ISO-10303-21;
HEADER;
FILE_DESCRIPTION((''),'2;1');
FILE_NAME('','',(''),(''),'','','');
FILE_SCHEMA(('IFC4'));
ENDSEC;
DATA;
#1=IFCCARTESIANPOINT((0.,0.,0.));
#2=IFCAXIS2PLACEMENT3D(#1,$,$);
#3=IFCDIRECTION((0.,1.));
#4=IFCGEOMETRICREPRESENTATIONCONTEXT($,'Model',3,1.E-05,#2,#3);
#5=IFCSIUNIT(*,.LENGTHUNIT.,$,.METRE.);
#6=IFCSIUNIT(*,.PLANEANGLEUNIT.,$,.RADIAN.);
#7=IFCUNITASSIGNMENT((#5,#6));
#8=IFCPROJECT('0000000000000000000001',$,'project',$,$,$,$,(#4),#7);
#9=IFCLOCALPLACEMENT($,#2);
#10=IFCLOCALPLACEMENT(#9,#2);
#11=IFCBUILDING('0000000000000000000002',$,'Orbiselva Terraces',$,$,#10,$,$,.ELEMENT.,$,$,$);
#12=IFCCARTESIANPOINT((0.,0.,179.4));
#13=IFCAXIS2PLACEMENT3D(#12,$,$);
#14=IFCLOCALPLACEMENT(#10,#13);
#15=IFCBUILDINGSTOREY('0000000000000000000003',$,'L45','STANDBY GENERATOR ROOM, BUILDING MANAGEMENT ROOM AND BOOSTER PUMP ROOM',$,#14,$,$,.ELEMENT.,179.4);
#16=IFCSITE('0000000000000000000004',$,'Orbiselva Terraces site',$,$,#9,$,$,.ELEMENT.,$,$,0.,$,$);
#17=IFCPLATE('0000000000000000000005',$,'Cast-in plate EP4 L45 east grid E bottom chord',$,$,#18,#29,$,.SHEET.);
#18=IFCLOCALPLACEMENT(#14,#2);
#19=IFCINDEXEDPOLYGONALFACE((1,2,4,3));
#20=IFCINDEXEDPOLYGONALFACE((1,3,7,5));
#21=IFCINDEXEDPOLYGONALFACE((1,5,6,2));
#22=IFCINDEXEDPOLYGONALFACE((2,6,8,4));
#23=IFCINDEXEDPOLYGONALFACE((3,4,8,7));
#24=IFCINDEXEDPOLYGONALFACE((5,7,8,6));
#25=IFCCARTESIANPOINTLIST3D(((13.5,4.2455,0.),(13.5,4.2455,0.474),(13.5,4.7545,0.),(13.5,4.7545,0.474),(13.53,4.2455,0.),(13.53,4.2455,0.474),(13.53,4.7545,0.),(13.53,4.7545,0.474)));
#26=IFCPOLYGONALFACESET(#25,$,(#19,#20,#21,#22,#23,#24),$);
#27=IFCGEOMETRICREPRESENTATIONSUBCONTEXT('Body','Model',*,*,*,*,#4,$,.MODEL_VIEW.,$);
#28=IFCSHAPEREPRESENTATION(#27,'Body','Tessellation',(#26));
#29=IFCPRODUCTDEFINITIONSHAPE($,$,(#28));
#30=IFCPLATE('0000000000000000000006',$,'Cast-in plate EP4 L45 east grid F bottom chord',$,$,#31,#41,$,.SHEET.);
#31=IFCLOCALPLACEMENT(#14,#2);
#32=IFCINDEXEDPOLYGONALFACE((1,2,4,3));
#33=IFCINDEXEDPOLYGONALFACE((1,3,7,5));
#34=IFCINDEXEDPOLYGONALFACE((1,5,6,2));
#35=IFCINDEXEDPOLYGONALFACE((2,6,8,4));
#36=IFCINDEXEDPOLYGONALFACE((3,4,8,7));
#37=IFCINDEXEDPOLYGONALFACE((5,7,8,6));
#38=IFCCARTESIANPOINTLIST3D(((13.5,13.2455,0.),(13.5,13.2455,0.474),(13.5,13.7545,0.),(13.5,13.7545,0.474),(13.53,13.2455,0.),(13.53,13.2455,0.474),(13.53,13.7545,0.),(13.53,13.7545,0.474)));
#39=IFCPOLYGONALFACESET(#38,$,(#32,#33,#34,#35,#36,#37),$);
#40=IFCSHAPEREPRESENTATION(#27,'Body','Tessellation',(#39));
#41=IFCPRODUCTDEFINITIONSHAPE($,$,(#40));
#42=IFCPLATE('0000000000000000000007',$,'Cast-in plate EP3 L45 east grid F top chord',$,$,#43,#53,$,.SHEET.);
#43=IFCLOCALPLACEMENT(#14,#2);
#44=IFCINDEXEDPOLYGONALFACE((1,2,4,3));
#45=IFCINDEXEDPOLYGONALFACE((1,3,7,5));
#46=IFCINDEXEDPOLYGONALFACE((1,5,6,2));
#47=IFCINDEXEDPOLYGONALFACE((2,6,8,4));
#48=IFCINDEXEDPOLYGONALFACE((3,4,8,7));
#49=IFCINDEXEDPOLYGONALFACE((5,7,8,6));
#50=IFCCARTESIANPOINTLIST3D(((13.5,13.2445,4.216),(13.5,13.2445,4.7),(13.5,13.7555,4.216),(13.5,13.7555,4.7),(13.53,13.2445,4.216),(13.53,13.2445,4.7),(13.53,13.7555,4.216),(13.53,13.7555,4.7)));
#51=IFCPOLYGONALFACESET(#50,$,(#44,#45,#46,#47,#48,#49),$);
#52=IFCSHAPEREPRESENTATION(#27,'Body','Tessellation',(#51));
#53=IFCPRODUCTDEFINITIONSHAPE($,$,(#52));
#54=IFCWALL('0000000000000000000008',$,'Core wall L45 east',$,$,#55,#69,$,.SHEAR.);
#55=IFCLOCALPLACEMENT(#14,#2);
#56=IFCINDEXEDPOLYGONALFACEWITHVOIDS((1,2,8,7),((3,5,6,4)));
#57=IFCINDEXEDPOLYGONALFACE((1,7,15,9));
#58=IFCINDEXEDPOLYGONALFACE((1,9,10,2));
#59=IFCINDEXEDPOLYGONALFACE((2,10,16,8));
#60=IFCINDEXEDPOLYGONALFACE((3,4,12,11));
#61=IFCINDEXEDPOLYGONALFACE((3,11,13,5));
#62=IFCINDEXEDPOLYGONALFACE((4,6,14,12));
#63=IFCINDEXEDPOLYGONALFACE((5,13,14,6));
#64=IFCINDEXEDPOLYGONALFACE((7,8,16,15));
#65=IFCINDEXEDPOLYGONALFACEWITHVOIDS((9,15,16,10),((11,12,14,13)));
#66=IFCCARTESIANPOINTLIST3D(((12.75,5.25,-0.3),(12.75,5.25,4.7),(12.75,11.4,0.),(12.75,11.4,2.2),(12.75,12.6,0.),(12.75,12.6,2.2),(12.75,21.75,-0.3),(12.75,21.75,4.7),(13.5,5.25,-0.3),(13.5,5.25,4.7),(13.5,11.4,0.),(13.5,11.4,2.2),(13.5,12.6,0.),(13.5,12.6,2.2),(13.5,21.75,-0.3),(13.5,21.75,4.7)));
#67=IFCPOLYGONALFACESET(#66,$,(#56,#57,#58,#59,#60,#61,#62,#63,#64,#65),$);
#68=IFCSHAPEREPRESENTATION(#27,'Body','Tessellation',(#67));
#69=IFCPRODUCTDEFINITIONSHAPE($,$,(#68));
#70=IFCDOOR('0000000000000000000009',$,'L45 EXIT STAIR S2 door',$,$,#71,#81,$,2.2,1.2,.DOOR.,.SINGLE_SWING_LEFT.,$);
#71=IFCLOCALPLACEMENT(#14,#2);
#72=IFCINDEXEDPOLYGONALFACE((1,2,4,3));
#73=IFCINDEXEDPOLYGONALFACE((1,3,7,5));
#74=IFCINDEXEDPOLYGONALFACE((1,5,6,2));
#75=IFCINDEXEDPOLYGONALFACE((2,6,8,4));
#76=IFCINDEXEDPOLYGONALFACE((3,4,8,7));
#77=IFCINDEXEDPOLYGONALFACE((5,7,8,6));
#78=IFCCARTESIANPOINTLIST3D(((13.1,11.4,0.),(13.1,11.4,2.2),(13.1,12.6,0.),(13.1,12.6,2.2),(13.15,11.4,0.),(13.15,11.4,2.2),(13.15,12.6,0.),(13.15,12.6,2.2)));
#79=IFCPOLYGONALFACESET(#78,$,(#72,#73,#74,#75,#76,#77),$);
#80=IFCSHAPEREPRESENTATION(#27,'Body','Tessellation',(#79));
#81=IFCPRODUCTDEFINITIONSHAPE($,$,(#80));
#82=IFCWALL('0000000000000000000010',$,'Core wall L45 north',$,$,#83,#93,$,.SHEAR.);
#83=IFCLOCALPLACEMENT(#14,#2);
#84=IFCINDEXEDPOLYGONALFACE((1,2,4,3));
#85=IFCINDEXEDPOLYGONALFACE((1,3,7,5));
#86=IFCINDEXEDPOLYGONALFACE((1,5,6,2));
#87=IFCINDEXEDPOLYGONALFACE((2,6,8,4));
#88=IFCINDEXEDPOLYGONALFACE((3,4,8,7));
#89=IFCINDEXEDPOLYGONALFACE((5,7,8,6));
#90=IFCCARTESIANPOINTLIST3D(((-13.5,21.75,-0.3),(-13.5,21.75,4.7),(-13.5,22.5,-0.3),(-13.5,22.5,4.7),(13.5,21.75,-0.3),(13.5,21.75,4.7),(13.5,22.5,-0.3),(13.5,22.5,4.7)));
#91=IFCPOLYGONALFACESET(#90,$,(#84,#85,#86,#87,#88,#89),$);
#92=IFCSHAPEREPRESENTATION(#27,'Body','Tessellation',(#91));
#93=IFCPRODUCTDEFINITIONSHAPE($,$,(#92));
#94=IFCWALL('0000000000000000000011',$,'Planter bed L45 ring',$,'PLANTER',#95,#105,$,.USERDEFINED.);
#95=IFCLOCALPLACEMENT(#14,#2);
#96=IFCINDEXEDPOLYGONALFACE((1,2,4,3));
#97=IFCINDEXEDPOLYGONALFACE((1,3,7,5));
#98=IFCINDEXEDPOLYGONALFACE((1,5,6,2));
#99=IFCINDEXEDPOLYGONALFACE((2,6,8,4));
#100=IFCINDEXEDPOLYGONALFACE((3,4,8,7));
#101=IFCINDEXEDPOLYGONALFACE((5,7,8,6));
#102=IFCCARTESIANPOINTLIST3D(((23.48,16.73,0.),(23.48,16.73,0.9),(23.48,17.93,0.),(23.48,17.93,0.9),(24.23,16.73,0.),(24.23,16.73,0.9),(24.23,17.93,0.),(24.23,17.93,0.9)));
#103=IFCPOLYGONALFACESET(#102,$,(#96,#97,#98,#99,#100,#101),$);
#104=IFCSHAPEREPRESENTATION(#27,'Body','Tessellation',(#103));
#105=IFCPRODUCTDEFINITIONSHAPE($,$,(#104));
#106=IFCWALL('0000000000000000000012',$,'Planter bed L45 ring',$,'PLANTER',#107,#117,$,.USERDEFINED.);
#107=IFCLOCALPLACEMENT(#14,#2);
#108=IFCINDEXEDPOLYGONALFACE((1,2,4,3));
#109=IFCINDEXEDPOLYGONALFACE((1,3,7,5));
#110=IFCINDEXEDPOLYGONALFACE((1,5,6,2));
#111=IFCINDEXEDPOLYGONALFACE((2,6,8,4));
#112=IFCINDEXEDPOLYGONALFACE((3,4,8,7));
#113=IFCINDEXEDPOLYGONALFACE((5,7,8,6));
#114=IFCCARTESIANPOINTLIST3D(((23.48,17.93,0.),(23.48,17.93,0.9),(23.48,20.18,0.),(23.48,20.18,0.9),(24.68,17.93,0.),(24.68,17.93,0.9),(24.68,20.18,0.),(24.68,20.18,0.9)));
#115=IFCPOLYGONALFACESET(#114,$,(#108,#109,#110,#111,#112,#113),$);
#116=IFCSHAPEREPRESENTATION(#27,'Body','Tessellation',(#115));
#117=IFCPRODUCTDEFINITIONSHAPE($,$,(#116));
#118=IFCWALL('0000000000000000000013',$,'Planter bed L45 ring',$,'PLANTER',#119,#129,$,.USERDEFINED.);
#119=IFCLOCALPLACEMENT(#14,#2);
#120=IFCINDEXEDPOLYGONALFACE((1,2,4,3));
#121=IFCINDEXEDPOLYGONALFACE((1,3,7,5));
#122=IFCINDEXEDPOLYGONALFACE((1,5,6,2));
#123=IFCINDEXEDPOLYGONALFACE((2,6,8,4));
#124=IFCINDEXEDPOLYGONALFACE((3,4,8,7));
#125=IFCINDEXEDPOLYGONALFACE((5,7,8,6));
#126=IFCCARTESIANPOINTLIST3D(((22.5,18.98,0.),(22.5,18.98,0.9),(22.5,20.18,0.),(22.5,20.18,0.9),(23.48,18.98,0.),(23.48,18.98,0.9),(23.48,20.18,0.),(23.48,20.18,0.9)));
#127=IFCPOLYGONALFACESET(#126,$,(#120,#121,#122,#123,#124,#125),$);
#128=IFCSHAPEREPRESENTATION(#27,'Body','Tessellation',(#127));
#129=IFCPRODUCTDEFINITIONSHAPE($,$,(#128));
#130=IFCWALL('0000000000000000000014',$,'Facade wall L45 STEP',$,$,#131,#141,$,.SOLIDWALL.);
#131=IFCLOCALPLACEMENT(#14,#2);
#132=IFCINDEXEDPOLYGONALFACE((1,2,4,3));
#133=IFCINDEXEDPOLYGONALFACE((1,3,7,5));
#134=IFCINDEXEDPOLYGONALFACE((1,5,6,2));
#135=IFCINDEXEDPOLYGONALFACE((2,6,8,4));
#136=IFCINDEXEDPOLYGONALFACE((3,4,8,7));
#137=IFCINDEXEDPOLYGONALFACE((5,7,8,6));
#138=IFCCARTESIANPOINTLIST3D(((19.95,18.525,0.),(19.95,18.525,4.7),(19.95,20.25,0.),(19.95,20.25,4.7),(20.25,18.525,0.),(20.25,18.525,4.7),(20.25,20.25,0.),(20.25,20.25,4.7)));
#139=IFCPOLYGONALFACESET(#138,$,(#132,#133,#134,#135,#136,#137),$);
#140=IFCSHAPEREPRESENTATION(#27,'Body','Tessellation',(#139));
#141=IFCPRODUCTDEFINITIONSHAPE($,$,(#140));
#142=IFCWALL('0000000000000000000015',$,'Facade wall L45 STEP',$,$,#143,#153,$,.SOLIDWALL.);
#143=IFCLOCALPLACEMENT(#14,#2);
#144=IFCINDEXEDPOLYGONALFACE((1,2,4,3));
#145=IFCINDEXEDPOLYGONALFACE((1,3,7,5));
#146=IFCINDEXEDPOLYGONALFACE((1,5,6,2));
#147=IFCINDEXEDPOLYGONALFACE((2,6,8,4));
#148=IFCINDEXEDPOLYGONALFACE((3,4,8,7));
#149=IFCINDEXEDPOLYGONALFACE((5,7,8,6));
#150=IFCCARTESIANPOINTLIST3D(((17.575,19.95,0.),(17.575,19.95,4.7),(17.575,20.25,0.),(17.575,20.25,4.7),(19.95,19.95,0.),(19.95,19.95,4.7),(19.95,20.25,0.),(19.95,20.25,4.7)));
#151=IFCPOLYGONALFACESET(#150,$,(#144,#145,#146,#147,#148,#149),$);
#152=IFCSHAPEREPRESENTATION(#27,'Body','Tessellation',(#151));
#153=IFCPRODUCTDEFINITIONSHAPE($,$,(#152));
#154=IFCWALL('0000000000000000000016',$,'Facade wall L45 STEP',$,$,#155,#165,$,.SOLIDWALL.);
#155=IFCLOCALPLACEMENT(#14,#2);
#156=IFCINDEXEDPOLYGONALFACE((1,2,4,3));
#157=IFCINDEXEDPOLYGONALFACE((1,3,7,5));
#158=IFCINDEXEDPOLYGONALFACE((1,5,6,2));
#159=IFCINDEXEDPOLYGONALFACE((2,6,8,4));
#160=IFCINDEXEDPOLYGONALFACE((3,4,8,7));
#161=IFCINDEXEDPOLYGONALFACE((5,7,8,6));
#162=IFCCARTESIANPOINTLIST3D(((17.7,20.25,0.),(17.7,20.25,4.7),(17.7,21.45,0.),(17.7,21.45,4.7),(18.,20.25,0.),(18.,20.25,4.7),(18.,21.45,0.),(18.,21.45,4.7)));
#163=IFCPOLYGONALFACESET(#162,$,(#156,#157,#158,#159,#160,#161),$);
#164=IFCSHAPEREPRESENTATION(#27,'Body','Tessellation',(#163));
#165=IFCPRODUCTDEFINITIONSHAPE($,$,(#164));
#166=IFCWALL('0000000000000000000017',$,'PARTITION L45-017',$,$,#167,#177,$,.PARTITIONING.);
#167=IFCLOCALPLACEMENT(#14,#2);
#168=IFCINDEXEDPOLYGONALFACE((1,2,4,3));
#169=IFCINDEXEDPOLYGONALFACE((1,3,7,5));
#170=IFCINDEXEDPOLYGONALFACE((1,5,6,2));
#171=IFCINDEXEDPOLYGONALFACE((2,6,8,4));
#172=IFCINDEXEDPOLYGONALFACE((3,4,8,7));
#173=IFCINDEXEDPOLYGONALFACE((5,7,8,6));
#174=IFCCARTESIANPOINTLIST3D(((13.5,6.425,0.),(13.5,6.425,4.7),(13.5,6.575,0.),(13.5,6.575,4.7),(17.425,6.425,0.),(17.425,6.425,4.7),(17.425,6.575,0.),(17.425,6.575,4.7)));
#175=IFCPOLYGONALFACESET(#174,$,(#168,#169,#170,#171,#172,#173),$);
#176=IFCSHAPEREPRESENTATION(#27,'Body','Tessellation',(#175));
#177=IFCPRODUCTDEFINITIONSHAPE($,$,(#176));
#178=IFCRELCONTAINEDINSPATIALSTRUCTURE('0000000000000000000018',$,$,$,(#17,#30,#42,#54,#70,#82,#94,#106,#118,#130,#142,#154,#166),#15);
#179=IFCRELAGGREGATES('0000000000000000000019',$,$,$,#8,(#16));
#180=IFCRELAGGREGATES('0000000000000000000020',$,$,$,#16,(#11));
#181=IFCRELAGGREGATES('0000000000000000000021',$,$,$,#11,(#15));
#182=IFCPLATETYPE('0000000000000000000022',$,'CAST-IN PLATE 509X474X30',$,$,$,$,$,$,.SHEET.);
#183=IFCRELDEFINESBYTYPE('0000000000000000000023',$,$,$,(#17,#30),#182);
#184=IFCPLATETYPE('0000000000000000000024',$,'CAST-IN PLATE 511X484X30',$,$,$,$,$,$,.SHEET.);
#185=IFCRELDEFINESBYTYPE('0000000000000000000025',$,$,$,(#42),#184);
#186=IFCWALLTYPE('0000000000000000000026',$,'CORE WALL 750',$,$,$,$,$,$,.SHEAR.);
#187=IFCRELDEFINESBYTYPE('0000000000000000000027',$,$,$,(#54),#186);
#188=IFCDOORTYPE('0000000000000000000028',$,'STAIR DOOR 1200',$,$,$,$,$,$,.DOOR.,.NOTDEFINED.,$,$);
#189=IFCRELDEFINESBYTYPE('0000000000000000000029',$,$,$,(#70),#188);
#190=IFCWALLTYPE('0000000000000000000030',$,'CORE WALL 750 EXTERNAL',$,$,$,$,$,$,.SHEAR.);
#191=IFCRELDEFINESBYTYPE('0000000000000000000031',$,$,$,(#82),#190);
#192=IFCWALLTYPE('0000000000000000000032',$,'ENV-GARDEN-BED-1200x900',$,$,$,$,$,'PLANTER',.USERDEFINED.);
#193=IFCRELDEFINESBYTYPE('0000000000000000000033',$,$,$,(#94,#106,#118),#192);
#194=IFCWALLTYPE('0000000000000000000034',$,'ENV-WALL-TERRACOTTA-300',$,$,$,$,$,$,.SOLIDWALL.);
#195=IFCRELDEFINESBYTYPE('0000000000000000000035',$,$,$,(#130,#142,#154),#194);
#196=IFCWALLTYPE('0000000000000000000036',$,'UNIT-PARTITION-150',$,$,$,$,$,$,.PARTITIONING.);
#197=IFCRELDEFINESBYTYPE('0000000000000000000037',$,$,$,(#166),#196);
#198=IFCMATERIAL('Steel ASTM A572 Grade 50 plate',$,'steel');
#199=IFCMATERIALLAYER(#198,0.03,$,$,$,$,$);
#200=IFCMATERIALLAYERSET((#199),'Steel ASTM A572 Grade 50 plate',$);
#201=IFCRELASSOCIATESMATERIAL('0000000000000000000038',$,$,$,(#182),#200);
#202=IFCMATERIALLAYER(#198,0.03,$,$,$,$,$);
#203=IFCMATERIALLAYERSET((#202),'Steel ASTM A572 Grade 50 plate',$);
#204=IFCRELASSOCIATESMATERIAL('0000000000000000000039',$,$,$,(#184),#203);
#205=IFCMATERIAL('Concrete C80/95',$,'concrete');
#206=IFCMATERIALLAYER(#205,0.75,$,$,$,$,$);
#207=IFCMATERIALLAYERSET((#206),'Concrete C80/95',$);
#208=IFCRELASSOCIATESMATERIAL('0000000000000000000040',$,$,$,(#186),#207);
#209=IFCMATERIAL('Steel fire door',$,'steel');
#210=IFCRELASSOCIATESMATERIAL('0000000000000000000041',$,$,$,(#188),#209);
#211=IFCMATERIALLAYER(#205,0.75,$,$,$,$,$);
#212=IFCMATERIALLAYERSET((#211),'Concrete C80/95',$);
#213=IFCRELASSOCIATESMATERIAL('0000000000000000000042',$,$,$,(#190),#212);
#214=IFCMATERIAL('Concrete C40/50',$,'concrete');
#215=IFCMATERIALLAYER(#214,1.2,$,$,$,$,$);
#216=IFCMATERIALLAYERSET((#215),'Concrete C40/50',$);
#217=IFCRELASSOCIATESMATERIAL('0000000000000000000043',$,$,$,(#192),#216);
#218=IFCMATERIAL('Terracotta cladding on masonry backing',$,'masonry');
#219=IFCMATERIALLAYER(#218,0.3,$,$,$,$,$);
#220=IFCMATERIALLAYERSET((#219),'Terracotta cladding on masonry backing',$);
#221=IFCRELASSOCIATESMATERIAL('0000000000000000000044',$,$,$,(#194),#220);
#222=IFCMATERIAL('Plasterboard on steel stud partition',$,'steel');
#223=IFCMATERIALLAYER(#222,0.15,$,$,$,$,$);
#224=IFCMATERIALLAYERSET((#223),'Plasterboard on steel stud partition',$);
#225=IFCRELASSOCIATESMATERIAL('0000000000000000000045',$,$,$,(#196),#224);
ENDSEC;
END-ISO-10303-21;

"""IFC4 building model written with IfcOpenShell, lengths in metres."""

from ifc_helpers import new_model, si_unit, direction, frame, frame_2d, origin, origin_2d, place, context, subcontext, project, spatial, rectangle, extrude, material, layer, layer_set, type_object, element, fill, save


model = new_model("IFC4")

# Units and contexts
model_context = context("Model", 3, precision=1e-05, world=origin(), true_north=direction((0.0, 1.0)))
body_context = subcontext(model_context, "Body", "Model", "MODEL_VIEW")
ifc_project = project(units=[si_unit("LENGTHUNIT", "METRE"), si_unit("PLANEANGLEUNIT", "RADIAN")], contexts=[model_context])

# Site, building, storey
site_placement = place(None, origin())
site = spatial("IfcSite", under=ifc_project, at=site_placement, Name="Orbiselva Terraces site", CompositionType="ELEMENT", RefElevation=0.0)
building_placement = place(site_placement, origin())
building = spatial("IfcBuilding", under=site, at=building_placement, Name="Orbiselva Terraces", CompositionType="ELEMENT")
storey_placement = place(building_placement, frame((0.0, 0.0, 179.4)))
storey = spatial("IfcBuildingStorey", under=building, at=storey_placement, Name="L45", Description="STANDBY GENERATOR ROOM, BUILDING MANAGEMENT ROOM AND BOOSTER PUMP ROOM", CompositionType="ELEMENT", Elevation=179.4)

# Plates
ifc_material_1 = material(Name="Steel ASTM A572 Grade 50 plate", Category="steel")
ifc_layer_1 = layer(ifc_material_1, 0.03)
ifc_layer_set_1 = layer_set([ifc_layer_1], Name="Steel ASTM A572 Grade 50 plate")
plate_type_1 = type_object("IfcPlateType", Name="CAST-IN PLATE 509X474X30", PredefinedType="SHEET", material=ifc_layer_set_1)
for number, where, z_axis, x_axis, name in (
    (1, (13.515, 4.5, 0.0), (0.0, 0.0, 1.0), (1.0, 0.0, 0.0), "Cast-in plate EP4 L45 east grid E bottom chord"),
    (2, (13.515, 13.5, 0.0), (0.0, 0.0, 1.0), (1.0, 0.0, 0.0), "Cast-in plate EP4 L45 east grid F bottom chord"),
):
    element("IfcPlate", number, at=place(storey_placement, frame(where, z_axis=z_axis, x_axis=x_axis)), inside=storey, type_object=plate_type_1, Name=name, PredefinedType="SHEET", context=body_context, shape_type="SweptSolid", body=[
        extrude(rectangle(XDim=0.03, YDim=0.509, at=origin_2d()), origin(), (0.0, 0.0, 1.0), 0.474),
    ])
ifc_layer_2 = layer(ifc_material_1, 0.03)
ifc_layer_set_2 = layer_set([ifc_layer_2], Name="Steel ASTM A572 Grade 50 plate")
plate_type_2 = type_object("IfcPlateType", Name="CAST-IN PLATE 511X484X30", PredefinedType="SHEET", material=ifc_layer_set_2)
plate_placement = place(storey_placement, frame((13.515, 13.5, 4.216), z_axis=(0.0, 0.0, 1.0), x_axis=(1.0, 0.0, 0.0)))
element("IfcPlate", 3, at=plate_placement, inside=storey, type_object=plate_type_2, Name="Cast-in plate EP3 L45 east grid F top chord", PredefinedType="SHEET", context=body_context, shape_type="SweptSolid", body=[
    extrude(rectangle(XDim=0.03, YDim=0.511, at=origin_2d()), origin(), (0.0, 0.0, 1.0), 0.484),
])

# Wall, opening, door
ifc_material_2 = material(Name="Concrete C80/95", Category="concrete")
ifc_layer_3 = layer(ifc_material_2, 0.75)
ifc_layer_set_3 = layer_set([ifc_layer_3], Name="Concrete C80/95")
wall_type_1 = type_object("IfcWallType", Name="CORE WALL 750", PredefinedType="SHEAR", material=ifc_layer_set_3)
wall_1_placement = place(storey_placement, frame((13.125, 5.25, -0.3), z_axis=(0.0, 0.0, 1.0), x_axis=(0.0, 1.0, 0.0)))
wall_1 = element("IfcWall", 4, at=wall_1_placement, inside=storey, type_object=wall_type_1, Name="Core wall L45 east", PredefinedType="SHEAR", context=body_context, shape_type="SweptSolid", body=[
    extrude(rectangle(XDim=16.5, YDim=0.75, at=frame_2d((8.25, 0.0))), origin(), (0.0, 0.0, 1.0), 5.0),
])
opening_placement = place(wall_1_placement, frame((6.15, 0.0, 0.3)))
opening = element("IfcOpeningElement", 5, at=opening_placement, cuts=wall_1, PredefinedType="OPENING", context=body_context, shape_type="SweptSolid", body=[
    extrude(rectangle(XDim=1.2, YDim=2.2, at=frame_2d((0.6, 1.1))), frame((0.0, 0.385, 0.0), z_axis=(0.0, -1.0, 0.0), x_axis=(1.0, 0.0, 0.0)), (0.0, 0.0, 1.0), 0.77),
])
ifc_material_3 = material(Name="Steel fire door", Category="steel")
door_type = type_object("IfcDoorType", Name="STAIR DOOR 1200", OperationType="NOTDEFINED", PredefinedType="DOOR", material=ifc_material_3)
door_placement = place(opening_placement, frame((1.2, 0.0, 0.0), z_axis=(0.0, 0.0, 1.0), x_axis=(-1.0, 0.0, 0.0)))
door = element("IfcDoor", 6, at=door_placement, inside=storey, type_object=door_type, Name="L45 EXIT STAIR S2 door", OperationType="SINGLE_SWING_LEFT", OverallHeight=2.2, OverallWidth=1.2, PredefinedType="DOOR", context=body_context, shape_type="SweptSolid", body=[
    extrude(rectangle(XDim=1.2, YDim=2.2, at=frame_2d((0.6, 1.1))), frame((0.0, 0.025, 0.0), z_axis=(0.0, -1.0, 0.0), x_axis=(1.0, 0.0, 0.0)), (0.0, 0.0, 1.0), 0.05),
])
fill(opening, door)

# Walls
ifc_layer_4 = layer(ifc_material_2, 0.75)
ifc_layer_set_4 = layer_set([ifc_layer_4], Name="Concrete C80/95")
wall_type_2 = type_object("IfcWallType", Name="CORE WALL 750 EXTERNAL", PredefinedType="SHEAR", material=ifc_layer_set_4)
wall_2_placement = place(storey_placement, frame((13.5, 22.125, -0.3), z_axis=(0.0, 0.0, 1.0), x_axis=(-1.0, 0.0, 0.0)))
element("IfcWall", 7, at=wall_2_placement, inside=storey, type_object=wall_type_2, Name="Core wall L45 north", PredefinedType="SHEAR", context=body_context, shape_type="SweptSolid", body=[
    extrude(rectangle(XDim=27.0, YDim=0.75, at=frame_2d((13.5, 0.0))), origin(), (0.0, 0.0, 1.0), 5.0),
])
ifc_material_4 = material(Name="Concrete C40/50", Category="concrete")
ifc_layer_5 = layer(ifc_material_4, 1.2)
ifc_layer_set_5 = layer_set([ifc_layer_5], Name="Concrete C40/50")
wall_type_3 = type_object("IfcWallType", Name="ENV-GARDEN-BED-1200x900", ElementType="PLANTER", PredefinedType="USERDEFINED", material=ifc_layer_set_5)
wall_3_placement = place(storey_placement, frame((24.23, 17.33, 0.0), z_axis=(0.0, 0.0, 1.0), x_axis=(-1.0, 0.0, 0.0)))
element("IfcWall", 8, at=wall_3_placement, inside=storey, type_object=wall_type_3, Name="Planter bed L45 ring", ObjectType="PLANTER", PredefinedType="USERDEFINED", context=body_context, shape_type="SweptSolid", body=[
    extrude(rectangle(XDim=0.75, YDim=1.2, at=frame_2d((0.375, 0.0))), origin(), (0.0, 0.0, 1.0), 0.9),
])
wall_4_placement = place(storey_placement, frame((24.08, 17.93, 0.0), z_axis=(0.0, 0.0, 1.0), x_axis=(0.0, 1.0, 0.0)))
element("IfcWall", 9, at=wall_4_placement, inside=storey, type_object=wall_type_3, Name="Planter bed L45 ring", ObjectType="PLANTER", PredefinedType="USERDEFINED", context=body_context, shape_type="SweptSolid", body=[
    extrude(rectangle(XDim=2.25, YDim=1.2, at=frame_2d((1.125, 0.0))), origin(), (0.0, 0.0, 1.0), 0.9),
])
wall_5_placement = place(storey_placement, frame((23.48, 19.58, 0.0), z_axis=(0.0, 0.0, 1.0), x_axis=(-1.0, 0.0, 0.0)))
element("IfcWall", 10, at=wall_5_placement, inside=storey, type_object=wall_type_3, Name="Planter bed L45 ring", ObjectType="PLANTER", PredefinedType="USERDEFINED", context=body_context, shape_type="SweptSolid", body=[
    extrude(rectangle(XDim=0.98, YDim=1.2, at=frame_2d((0.49, 0.0))), origin(), (0.0, 0.0, 1.0), 0.9),
])
ifc_material_5 = material(Name="Terracotta cladding on masonry backing", Category="masonry")
ifc_layer_6 = layer(ifc_material_5, 0.3)
ifc_layer_set_6 = layer_set([ifc_layer_6], Name="Terracotta cladding on masonry backing")
wall_type_4 = type_object("IfcWallType", Name="ENV-WALL-TERRACOTTA-300", PredefinedType="SOLIDWALL", material=ifc_layer_set_6)
wall_6_placement = place(storey_placement, frame((20.1, 20.25, 0.0), z_axis=(0.0, 0.0, 1.0), x_axis=(0.0, -1.0, 0.0)))
element("IfcWall", 11, at=wall_6_placement, inside=storey, type_object=wall_type_4, Name="Facade wall L45 STEP", PredefinedType="SOLIDWALL", context=body_context, shape_type="SweptSolid", body=[
    extrude(rectangle(XDim=1.725, YDim=0.3, at=frame_2d((0.8625, 0.0))), origin(), (0.0, 0.0, 1.0), 4.7),
])
wall_7_placement = place(storey_placement, frame((17.575, 20.1, 0.0), z_axis=(0.0, 0.0, 1.0), x_axis=(1.0, 0.0, 0.0)))
element("IfcWall", 12, at=wall_7_placement, inside=storey, type_object=wall_type_4, Name="Facade wall L45 STEP", PredefinedType="SOLIDWALL", context=body_context, shape_type="SweptSolid", body=[
    extrude(rectangle(XDim=2.375, YDim=0.3, at=frame_2d((1.1875, 0.0))), origin(), (0.0, 0.0, 1.0), 4.7),
])
wall_8_placement = place(storey_placement, frame((17.85, 21.45, 0.0), z_axis=(0.0, 0.0, 1.0), x_axis=(0.0, -1.0, 0.0)))
element("IfcWall", 13, at=wall_8_placement, inside=storey, type_object=wall_type_4, Name="Facade wall L45 STEP", PredefinedType="SOLIDWALL", context=body_context, shape_type="SweptSolid", body=[
    extrude(rectangle(XDim=1.2, YDim=0.3, at=frame_2d((0.6, 0.0))), origin(), (0.0, 0.0, 1.0), 4.7),
])
ifc_material_6 = material(Name="Plasterboard on steel stud partition", Category="steel")
ifc_layer_7 = layer(ifc_material_6, 0.15)
ifc_layer_set_7 = layer_set([ifc_layer_7], Name="Plasterboard on steel stud partition")
wall_type_5 = type_object("IfcWallType", Name="UNIT-PARTITION-150", PredefinedType="PARTITIONING", material=ifc_layer_set_7)
for number, where, z_axis, x_axis, name in (
    (14, (13.5, 6.5, 0.0), (0.0, 0.0, 1.0), (1.0, 0.0, 0.0), "PARTITION L45-017"),
):
    element("IfcWall", number, at=place(storey_placement, frame(where, z_axis=z_axis, x_axis=x_axis)), inside=storey, type_object=wall_type_5, Name=name, PredefinedType="PARTITIONING", context=body_context, shape_type="SweptSolid", body=[
        extrude(rectangle(XDim=3.925, YDim=0.15, at=frame_2d((1.9625, 0.0))), origin(), (0.0, 0.0, 1.0), 4.7),
    ])

save(model, "model.ifc")
